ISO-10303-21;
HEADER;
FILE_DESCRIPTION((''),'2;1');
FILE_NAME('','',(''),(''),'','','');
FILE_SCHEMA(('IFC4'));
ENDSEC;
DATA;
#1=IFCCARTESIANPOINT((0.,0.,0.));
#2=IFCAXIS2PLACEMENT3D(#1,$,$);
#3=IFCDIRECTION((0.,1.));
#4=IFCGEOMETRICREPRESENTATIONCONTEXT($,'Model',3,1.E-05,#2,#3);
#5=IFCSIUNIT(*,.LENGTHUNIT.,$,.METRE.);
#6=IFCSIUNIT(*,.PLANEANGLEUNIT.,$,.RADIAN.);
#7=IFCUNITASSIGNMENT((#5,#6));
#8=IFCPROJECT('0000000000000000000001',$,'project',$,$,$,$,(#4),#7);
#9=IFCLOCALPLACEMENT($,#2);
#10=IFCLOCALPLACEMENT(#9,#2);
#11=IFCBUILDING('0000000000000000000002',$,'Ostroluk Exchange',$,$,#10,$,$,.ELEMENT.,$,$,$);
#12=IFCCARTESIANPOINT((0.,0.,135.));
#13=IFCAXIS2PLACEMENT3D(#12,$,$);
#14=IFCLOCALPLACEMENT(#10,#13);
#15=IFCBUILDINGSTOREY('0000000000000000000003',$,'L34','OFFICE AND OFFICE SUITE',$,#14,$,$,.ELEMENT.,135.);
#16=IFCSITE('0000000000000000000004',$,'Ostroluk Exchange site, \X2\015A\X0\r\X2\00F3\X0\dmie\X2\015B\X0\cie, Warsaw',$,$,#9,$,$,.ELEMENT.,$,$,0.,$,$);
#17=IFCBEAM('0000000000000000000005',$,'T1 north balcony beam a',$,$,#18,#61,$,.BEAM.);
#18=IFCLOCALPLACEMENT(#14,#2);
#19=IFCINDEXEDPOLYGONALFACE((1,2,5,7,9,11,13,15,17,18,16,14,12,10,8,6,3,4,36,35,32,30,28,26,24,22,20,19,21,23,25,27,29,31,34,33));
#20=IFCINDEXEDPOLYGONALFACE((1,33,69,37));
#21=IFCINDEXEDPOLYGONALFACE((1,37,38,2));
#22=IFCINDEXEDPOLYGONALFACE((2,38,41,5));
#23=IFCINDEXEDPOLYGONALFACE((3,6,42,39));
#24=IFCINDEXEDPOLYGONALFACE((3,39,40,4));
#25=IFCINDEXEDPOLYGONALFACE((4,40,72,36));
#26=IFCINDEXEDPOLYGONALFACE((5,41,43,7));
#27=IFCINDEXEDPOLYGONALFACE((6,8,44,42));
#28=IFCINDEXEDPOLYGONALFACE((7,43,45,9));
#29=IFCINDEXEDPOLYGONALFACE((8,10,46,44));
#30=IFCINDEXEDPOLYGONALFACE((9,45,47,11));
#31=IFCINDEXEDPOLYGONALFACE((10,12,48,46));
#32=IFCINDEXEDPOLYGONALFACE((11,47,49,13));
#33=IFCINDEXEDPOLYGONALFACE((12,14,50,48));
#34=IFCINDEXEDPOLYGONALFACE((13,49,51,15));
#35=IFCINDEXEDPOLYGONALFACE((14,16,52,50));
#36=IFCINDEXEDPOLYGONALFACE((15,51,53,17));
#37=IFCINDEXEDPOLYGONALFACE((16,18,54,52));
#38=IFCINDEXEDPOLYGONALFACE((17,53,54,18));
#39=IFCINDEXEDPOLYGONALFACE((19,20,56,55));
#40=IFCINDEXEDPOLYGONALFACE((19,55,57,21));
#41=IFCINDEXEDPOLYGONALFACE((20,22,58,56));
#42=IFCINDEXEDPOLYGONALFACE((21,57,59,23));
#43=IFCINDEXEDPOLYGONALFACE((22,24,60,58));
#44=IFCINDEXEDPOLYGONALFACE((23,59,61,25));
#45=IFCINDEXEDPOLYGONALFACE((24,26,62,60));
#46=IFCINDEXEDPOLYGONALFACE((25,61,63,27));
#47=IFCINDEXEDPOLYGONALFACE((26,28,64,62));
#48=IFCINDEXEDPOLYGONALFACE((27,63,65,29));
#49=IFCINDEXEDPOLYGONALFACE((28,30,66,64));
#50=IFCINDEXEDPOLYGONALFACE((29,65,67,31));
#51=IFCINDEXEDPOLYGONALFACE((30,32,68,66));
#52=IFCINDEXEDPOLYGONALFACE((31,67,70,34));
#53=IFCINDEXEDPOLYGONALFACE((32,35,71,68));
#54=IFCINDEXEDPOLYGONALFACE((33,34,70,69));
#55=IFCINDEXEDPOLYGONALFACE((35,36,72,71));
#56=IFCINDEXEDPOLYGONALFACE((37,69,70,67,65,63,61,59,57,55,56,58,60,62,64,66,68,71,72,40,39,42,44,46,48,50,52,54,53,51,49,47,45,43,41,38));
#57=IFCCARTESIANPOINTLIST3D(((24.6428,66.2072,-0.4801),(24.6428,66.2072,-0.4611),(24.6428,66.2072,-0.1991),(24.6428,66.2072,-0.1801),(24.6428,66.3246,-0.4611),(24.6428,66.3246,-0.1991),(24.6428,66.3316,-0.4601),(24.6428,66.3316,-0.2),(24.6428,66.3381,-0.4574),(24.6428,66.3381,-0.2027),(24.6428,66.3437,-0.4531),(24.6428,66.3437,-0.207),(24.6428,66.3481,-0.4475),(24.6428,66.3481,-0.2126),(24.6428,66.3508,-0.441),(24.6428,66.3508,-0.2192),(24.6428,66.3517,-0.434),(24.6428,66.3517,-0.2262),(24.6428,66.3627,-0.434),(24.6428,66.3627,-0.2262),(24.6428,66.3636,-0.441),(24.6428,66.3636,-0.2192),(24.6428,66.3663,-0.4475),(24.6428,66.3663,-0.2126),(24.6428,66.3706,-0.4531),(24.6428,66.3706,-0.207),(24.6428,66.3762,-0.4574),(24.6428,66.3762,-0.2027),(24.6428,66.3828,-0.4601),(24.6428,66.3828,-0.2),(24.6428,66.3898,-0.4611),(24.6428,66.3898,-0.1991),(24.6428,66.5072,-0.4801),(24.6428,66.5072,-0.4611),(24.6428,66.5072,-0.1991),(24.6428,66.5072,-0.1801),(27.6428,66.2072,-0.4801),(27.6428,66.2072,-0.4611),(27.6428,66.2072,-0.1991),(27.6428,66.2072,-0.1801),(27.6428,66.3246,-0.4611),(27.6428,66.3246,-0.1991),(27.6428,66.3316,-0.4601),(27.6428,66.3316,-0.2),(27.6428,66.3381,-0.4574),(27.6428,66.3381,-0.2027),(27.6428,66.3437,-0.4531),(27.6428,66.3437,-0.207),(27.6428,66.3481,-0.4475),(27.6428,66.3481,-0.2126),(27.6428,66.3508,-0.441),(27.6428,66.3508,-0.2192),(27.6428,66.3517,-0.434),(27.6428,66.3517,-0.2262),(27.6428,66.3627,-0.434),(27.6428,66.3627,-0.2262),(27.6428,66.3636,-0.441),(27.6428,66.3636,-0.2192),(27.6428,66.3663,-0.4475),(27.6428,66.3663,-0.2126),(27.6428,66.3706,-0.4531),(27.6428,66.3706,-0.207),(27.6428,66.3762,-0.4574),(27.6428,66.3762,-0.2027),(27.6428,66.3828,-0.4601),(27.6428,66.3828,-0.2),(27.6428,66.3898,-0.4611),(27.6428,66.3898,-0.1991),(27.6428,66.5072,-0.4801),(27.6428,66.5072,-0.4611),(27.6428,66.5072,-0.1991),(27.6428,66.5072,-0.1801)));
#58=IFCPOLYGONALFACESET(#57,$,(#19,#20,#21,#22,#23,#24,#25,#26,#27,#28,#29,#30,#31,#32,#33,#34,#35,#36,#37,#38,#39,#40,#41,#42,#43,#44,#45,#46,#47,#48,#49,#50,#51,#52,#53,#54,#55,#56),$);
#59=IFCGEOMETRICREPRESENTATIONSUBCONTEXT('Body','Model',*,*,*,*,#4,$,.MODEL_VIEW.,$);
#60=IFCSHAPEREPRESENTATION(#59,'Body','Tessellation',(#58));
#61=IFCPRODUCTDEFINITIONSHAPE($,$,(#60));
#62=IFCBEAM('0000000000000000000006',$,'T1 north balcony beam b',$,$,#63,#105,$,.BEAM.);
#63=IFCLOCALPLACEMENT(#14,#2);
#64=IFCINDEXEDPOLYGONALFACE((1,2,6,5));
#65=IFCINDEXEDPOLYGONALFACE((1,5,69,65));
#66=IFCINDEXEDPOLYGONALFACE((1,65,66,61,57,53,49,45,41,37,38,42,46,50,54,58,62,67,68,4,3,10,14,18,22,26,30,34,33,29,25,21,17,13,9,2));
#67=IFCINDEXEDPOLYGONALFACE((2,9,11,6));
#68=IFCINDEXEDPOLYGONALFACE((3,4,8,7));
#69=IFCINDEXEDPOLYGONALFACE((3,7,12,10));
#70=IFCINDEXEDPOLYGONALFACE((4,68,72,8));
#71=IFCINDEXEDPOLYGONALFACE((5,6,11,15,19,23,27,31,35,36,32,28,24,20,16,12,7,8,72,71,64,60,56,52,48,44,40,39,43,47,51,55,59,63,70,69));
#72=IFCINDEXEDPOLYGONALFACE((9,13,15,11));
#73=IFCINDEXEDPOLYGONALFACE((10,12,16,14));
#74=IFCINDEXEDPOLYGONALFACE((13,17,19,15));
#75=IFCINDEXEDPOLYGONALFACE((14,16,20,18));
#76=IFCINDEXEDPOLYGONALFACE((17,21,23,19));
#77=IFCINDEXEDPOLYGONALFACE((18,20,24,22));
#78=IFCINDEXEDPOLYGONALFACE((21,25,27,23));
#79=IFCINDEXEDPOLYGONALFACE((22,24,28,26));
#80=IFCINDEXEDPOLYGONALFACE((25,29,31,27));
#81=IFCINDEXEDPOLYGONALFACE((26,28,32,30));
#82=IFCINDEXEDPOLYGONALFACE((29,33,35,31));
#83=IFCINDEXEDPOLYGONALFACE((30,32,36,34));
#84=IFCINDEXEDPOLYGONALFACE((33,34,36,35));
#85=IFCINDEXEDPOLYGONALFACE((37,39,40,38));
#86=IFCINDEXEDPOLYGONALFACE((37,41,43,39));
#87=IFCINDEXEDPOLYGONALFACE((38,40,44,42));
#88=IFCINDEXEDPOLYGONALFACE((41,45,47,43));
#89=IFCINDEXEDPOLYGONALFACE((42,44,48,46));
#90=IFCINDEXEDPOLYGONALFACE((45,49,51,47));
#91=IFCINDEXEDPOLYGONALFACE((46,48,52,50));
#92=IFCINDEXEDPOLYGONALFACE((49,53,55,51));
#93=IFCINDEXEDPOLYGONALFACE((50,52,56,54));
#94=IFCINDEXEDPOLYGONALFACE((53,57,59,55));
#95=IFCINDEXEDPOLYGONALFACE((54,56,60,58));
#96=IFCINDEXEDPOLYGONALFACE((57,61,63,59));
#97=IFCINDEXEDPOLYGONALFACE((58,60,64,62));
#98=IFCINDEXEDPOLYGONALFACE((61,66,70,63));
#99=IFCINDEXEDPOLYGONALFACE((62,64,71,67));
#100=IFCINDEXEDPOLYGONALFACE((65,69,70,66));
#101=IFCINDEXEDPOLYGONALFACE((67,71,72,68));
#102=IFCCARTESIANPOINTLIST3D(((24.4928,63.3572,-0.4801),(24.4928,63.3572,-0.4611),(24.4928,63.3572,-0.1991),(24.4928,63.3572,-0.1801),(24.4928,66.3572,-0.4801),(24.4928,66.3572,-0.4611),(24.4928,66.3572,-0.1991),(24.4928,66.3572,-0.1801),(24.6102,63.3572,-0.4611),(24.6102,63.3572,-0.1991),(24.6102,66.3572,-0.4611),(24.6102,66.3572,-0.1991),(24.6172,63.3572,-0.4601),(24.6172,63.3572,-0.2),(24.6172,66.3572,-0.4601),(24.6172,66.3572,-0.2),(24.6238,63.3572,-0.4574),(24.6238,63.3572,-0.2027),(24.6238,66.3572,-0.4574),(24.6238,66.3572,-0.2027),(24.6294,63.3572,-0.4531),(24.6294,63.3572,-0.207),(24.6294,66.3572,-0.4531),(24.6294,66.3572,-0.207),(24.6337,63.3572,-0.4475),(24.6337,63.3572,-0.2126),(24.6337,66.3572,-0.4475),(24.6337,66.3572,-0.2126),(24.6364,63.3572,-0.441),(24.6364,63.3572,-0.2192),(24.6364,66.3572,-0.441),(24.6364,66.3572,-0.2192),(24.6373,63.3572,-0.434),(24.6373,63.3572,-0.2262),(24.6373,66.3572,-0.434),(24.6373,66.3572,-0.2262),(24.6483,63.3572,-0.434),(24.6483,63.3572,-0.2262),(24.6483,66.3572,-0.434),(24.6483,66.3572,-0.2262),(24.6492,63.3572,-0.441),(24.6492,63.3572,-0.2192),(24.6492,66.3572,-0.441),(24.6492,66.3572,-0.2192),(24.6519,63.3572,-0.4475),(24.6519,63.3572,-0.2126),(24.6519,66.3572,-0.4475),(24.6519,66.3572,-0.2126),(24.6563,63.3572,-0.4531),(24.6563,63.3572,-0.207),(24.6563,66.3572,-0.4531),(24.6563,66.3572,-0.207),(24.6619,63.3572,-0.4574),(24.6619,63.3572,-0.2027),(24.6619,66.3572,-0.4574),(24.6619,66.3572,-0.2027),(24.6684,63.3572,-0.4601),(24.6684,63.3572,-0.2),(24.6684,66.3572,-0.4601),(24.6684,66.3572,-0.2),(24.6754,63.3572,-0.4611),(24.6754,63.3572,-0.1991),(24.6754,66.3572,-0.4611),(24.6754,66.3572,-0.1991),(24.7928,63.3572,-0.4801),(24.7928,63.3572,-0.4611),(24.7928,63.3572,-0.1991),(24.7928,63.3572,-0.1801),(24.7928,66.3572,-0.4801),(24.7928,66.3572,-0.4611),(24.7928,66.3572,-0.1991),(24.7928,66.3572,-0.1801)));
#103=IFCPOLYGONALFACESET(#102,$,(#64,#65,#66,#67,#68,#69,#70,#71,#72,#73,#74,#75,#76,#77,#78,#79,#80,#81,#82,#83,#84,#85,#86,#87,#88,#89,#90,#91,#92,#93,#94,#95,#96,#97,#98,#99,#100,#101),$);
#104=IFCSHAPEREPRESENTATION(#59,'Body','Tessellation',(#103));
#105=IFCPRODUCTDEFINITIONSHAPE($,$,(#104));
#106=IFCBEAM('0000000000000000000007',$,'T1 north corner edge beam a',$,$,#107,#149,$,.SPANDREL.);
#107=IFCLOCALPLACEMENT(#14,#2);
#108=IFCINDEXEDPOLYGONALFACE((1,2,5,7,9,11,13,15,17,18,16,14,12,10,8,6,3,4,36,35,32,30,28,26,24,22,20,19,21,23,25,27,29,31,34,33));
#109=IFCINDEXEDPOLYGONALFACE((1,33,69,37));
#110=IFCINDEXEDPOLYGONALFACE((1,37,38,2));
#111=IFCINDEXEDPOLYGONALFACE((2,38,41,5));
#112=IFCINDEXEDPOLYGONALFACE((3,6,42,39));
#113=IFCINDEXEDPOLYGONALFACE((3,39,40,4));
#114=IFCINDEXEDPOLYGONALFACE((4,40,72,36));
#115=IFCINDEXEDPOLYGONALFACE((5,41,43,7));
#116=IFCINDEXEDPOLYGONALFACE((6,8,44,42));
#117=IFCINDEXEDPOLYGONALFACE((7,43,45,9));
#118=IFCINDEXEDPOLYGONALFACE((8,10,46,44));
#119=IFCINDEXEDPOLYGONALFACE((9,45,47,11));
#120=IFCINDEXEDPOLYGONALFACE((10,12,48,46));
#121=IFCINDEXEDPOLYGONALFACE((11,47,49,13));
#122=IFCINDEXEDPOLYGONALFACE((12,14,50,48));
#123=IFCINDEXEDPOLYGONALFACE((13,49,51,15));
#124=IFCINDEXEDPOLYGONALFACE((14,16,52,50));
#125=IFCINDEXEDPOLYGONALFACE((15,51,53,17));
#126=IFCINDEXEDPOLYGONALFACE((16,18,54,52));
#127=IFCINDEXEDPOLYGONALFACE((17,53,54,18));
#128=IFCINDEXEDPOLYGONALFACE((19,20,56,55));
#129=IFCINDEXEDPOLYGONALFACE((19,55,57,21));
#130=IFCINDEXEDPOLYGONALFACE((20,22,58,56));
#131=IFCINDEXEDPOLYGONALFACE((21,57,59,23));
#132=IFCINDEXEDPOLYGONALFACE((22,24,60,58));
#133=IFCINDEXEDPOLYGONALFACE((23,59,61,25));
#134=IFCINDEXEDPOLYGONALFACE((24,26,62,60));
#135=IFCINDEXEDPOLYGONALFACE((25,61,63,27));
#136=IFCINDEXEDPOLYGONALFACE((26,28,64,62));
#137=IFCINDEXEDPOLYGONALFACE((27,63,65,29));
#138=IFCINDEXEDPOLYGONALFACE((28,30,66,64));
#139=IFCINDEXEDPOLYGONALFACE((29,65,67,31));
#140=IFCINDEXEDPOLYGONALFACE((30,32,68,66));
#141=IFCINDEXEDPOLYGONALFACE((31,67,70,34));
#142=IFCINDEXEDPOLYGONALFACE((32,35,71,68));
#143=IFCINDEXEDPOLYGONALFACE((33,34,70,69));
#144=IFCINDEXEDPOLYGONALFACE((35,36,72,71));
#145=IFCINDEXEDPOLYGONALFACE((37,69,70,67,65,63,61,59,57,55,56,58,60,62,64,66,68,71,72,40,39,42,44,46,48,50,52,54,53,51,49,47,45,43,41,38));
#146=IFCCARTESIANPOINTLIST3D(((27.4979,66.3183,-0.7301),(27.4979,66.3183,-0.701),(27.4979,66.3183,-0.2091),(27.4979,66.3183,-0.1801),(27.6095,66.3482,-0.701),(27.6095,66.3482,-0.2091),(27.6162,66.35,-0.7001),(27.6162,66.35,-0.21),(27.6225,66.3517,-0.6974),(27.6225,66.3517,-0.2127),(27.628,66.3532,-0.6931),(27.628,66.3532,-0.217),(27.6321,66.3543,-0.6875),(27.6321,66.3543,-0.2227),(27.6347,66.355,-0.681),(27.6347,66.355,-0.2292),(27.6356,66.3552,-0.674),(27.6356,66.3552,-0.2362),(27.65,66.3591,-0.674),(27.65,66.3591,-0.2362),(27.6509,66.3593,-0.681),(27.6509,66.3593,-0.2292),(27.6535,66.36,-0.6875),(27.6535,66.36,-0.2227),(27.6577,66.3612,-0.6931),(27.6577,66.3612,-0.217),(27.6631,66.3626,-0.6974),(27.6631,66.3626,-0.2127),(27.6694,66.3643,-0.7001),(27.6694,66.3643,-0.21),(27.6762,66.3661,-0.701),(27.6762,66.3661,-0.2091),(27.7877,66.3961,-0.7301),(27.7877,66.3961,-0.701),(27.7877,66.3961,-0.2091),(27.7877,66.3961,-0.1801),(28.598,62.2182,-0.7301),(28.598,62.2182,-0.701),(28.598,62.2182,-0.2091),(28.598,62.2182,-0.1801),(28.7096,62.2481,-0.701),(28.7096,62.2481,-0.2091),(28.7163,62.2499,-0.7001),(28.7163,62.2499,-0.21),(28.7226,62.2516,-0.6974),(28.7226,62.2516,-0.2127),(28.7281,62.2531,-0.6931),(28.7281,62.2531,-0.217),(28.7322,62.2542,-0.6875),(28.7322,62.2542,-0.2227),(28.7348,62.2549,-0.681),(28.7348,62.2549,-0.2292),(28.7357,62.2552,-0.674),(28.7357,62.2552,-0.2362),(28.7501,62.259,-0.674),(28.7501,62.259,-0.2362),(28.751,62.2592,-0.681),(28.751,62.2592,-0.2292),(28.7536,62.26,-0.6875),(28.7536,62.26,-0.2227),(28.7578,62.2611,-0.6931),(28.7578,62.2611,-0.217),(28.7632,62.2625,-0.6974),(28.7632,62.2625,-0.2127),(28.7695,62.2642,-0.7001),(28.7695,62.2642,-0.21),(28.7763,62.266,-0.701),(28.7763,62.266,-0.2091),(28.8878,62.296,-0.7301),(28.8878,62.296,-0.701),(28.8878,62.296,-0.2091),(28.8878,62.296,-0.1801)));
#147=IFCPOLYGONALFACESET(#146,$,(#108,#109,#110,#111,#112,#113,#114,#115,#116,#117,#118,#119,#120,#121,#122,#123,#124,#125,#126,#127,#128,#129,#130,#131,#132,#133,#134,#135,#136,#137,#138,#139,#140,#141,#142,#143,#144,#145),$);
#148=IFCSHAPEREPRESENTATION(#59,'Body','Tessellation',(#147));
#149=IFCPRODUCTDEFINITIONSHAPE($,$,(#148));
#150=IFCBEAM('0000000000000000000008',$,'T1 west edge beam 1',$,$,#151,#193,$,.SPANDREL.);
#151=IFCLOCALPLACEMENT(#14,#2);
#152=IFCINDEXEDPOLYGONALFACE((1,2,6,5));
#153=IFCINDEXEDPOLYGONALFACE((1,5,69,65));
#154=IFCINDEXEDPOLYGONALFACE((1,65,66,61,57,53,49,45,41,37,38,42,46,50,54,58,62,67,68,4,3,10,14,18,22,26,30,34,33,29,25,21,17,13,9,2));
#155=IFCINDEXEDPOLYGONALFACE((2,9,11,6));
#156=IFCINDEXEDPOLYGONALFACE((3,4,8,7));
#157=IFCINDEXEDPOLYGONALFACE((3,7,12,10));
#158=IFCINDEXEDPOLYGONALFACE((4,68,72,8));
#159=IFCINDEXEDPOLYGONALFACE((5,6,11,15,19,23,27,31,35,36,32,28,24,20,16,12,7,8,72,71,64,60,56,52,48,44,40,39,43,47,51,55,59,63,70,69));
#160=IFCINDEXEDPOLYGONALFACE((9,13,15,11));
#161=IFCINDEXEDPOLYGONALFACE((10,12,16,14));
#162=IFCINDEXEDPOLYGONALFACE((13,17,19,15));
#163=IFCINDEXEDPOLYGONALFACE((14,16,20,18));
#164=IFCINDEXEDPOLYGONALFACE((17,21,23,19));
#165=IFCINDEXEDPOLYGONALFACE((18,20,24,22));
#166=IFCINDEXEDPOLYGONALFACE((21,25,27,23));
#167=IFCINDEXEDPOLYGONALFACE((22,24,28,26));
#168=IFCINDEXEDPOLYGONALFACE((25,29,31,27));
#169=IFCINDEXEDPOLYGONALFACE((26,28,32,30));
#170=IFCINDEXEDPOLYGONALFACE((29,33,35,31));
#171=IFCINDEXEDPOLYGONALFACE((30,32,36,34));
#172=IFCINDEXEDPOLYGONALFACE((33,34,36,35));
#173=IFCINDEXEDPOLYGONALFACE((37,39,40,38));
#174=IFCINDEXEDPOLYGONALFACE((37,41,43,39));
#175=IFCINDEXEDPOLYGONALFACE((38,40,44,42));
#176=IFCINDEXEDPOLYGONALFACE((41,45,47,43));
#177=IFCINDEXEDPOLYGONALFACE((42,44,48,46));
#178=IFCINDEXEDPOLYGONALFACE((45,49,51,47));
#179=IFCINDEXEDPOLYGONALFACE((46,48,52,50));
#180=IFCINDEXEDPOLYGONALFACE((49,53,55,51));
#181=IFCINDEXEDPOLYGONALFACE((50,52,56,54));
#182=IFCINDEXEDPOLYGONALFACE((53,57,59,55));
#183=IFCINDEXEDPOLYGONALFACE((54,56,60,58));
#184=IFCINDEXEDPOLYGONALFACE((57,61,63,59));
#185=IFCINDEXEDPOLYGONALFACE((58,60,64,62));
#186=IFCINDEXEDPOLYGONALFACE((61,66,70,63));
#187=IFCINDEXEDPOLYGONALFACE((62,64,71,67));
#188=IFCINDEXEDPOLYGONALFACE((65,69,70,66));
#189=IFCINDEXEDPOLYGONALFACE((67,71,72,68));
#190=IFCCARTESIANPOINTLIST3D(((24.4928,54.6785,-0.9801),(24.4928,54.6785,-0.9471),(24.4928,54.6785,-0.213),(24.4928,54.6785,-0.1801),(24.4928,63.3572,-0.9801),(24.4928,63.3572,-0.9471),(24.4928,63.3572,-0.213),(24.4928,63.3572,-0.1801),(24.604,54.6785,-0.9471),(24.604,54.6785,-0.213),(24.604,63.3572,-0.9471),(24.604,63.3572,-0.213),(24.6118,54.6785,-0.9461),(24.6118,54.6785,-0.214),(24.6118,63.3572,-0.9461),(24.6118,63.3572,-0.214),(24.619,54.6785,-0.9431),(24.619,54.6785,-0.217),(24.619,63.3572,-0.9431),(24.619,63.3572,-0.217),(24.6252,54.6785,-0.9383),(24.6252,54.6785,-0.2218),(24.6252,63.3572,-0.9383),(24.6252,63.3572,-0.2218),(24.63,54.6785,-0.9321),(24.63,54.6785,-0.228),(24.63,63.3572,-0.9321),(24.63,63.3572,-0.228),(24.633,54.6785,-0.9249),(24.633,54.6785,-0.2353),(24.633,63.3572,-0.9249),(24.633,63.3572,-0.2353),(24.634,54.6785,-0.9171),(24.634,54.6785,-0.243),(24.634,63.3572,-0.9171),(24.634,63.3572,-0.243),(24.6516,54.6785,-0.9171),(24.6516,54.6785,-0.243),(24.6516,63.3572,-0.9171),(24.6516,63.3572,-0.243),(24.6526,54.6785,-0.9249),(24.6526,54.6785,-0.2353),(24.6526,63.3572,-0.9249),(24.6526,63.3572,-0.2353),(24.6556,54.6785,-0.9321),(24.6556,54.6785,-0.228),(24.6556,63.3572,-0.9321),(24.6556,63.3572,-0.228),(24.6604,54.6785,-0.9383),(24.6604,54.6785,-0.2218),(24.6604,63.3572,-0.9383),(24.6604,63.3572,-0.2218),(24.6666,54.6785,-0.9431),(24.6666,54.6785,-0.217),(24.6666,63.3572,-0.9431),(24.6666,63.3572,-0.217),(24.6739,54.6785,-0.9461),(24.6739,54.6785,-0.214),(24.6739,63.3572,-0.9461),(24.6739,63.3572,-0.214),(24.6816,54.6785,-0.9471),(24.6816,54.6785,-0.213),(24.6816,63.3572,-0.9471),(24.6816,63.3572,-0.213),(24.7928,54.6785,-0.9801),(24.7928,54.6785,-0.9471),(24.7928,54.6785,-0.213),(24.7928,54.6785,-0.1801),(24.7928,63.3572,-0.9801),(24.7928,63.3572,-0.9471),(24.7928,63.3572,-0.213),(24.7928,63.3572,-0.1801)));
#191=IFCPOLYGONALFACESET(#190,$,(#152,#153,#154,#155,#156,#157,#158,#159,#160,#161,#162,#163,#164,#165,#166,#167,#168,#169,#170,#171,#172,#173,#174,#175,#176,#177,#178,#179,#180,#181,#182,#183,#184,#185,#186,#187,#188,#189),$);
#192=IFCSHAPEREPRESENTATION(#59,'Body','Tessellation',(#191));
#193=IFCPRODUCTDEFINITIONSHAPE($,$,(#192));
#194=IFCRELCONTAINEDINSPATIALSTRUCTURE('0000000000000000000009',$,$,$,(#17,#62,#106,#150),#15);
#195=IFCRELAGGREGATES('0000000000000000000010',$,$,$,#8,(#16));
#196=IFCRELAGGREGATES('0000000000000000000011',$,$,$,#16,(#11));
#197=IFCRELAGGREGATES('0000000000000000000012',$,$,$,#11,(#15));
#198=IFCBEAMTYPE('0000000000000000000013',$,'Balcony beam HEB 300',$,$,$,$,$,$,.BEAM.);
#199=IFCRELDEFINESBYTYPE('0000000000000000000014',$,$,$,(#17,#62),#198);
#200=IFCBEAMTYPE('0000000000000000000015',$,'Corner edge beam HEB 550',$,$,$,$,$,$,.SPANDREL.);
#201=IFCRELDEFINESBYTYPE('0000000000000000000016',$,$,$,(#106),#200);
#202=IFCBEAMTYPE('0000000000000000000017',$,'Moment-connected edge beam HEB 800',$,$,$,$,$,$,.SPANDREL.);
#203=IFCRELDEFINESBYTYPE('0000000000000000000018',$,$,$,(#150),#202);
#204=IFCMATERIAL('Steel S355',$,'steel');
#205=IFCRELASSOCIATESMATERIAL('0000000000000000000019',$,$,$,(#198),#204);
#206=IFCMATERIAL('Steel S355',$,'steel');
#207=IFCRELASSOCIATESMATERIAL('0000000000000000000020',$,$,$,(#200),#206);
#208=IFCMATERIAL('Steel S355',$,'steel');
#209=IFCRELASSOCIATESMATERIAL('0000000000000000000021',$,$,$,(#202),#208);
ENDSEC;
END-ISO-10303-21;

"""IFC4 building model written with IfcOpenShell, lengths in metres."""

from ifc_helpers import new_model, si_unit, direction, frame, origin, origin_2d, place, context, subcontext, project, spatial, i_section, extrude, material, material_profile, profile_set, type_object, element, save


model = new_model("IFC4")

# Units and contexts
model_context = context("Model", 3, precision=1e-05, world=origin(), true_north=direction((0.0, 1.0)))
body_context = subcontext(model_context, "Body", "Model", "MODEL_VIEW")
ifc_project = project(units=[si_unit("LENGTHUNIT", "METRE"), si_unit("PLANEANGLEUNIT", "RADIAN")], contexts=[model_context])

# Site, building, storey
site_placement = place(None, origin())
site = spatial("IfcSite", under=ifc_project, at=site_placement, Name="Ostroluk Exchange site, Śródmieście, Warsaw", CompositionType="ELEMENT", RefElevation=0.0)
building_placement = place(site_placement, origin())
building = spatial("IfcBuilding", under=site, at=building_placement, Name="Ostroluk Exchange", CompositionType="ELEMENT")
storey_placement = place(building_placement, frame((0.0, 0.0, 135.0)))
storey = spatial("IfcBuildingStorey", under=building, at=storey_placement, Name="L34", Description="OFFICE AND OFFICE SUITE", CompositionType="ELEMENT", Elevation=135.0)

# Beams
ifc_material_1 = material(Name="Steel S355", Category="steel")
ifc_material_profile_1 = material_profile(ifc_material_1, i_section(OverallWidth=0.3, OverallDepth=0.3, WebThickness=0.011, FlangeThickness=0.019, FilletRadius=0.0271, at=origin_2d()), Name="HEB 300")
ifc_profile_set_1 = profile_set([ifc_material_profile_1], Name="Steel S355")
beam_type_1 = type_object("IfcBeamType", Name="Balcony beam HEB 300", PredefinedType="BEAM", material=ifc_profile_set_1)
for number, where, z_axis, x_axis, name in (
    (1, (27.6428, 66.3572, -0.3301), (-1.0, 0.0, 0.0), (0.0, -1.0, 0.0), "T1 north balcony beam a"),
    (2, (24.6428, 63.3572, -0.3301), (0.0, 1.0, 0.0), (-1.0, 0.0, 0.0), "T1 north balcony beam b"),
):
    element("IfcBeam", number, at=place(storey_placement, frame(where, z_axis=z_axis, x_axis=x_axis)), inside=storey, type_object=beam_type_1, Name=name, PredefinedType="BEAM", context=body_context, shape_type="SweptSolid", body=[
        extrude(i_section(OverallWidth=0.3, OverallDepth=0.3, WebThickness=0.011, FlangeThickness=0.019, FilletRadius=0.0271, at=origin_2d()), origin(), (0.0, 0.0, 1.0), 3.0),
    ])
ifc_material_2 = material(Name="Steel S355", Category="steel")
ifc_material_profile_2 = material_profile(ifc_material_2, i_section(OverallWidth=0.3, OverallDepth=0.55, WebThickness=0.0149, FlangeThickness=0.0291, FilletRadius=0.0271, at=origin_2d()), Name="HEB 550")
ifc_profile_set_2 = profile_set([ifc_material_profile_2], Name="Steel S355")
beam_type_2 = type_object("IfcBeamType", Name="Corner edge beam HEB 550", PredefinedType="SPANDREL", material=ifc_profile_set_2)
beam_1_placement = place(storey_placement, frame((28.7429, 62.2571, -0.4551), z_axis=(-0.259144, 0.965839, 0.0), x_axis=(-0.965839, -0.259144, 0.0)))
element("IfcBeam", 3, at=beam_1_placement, inside=storey, type_object=beam_type_2, Name="T1 north corner edge beam a", PredefinedType="SPANDREL", context=body_context, shape_type="SweptSolid", body=[
    extrude(i_section(OverallWidth=0.3, OverallDepth=0.55, WebThickness=0.0149, FlangeThickness=0.0291, FilletRadius=0.0271, at=origin_2d()), origin(), (0.0, 0.0, 1.0), 4.2451),
])
ifc_material_3 = material(Name="Steel S355", Category="steel")
ifc_material_profile_3 = material_profile(ifc_material_3, i_section(OverallWidth=0.3, OverallDepth=0.8, WebThickness=0.0176, FlangeThickness=0.033, FilletRadius=0.03, at=origin_2d()), Name="HEB 800")
ifc_profile_set_3 = profile_set([ifc_material_profile_3], Name="Steel S355")
beam_type_3 = type_object("IfcBeamType", Name="Moment-connected edge beam HEB 800", PredefinedType="SPANDREL", material=ifc_profile_set_3)
beam_2_placement = place(storey_placement, frame((24.6428, 63.3572, -0.5801), z_axis=(0.0, -1.0, 0.0), x_axis=(1.0, 0.0, 0.0)))
element("IfcBeam", 4, at=beam_2_placement, inside=storey, type_object=beam_type_3, Name="T1 west edge beam 1", PredefinedType="SPANDREL", context=body_context, shape_type="SweptSolid", body=[
    extrude(i_section(OverallWidth=0.3, OverallDepth=0.8, WebThickness=0.0176, FlangeThickness=0.033, FilletRadius=0.03, at=origin_2d()), origin(), (0.0, 0.0, 1.0), 8.6787),
])

save(model, "model.ifc")
